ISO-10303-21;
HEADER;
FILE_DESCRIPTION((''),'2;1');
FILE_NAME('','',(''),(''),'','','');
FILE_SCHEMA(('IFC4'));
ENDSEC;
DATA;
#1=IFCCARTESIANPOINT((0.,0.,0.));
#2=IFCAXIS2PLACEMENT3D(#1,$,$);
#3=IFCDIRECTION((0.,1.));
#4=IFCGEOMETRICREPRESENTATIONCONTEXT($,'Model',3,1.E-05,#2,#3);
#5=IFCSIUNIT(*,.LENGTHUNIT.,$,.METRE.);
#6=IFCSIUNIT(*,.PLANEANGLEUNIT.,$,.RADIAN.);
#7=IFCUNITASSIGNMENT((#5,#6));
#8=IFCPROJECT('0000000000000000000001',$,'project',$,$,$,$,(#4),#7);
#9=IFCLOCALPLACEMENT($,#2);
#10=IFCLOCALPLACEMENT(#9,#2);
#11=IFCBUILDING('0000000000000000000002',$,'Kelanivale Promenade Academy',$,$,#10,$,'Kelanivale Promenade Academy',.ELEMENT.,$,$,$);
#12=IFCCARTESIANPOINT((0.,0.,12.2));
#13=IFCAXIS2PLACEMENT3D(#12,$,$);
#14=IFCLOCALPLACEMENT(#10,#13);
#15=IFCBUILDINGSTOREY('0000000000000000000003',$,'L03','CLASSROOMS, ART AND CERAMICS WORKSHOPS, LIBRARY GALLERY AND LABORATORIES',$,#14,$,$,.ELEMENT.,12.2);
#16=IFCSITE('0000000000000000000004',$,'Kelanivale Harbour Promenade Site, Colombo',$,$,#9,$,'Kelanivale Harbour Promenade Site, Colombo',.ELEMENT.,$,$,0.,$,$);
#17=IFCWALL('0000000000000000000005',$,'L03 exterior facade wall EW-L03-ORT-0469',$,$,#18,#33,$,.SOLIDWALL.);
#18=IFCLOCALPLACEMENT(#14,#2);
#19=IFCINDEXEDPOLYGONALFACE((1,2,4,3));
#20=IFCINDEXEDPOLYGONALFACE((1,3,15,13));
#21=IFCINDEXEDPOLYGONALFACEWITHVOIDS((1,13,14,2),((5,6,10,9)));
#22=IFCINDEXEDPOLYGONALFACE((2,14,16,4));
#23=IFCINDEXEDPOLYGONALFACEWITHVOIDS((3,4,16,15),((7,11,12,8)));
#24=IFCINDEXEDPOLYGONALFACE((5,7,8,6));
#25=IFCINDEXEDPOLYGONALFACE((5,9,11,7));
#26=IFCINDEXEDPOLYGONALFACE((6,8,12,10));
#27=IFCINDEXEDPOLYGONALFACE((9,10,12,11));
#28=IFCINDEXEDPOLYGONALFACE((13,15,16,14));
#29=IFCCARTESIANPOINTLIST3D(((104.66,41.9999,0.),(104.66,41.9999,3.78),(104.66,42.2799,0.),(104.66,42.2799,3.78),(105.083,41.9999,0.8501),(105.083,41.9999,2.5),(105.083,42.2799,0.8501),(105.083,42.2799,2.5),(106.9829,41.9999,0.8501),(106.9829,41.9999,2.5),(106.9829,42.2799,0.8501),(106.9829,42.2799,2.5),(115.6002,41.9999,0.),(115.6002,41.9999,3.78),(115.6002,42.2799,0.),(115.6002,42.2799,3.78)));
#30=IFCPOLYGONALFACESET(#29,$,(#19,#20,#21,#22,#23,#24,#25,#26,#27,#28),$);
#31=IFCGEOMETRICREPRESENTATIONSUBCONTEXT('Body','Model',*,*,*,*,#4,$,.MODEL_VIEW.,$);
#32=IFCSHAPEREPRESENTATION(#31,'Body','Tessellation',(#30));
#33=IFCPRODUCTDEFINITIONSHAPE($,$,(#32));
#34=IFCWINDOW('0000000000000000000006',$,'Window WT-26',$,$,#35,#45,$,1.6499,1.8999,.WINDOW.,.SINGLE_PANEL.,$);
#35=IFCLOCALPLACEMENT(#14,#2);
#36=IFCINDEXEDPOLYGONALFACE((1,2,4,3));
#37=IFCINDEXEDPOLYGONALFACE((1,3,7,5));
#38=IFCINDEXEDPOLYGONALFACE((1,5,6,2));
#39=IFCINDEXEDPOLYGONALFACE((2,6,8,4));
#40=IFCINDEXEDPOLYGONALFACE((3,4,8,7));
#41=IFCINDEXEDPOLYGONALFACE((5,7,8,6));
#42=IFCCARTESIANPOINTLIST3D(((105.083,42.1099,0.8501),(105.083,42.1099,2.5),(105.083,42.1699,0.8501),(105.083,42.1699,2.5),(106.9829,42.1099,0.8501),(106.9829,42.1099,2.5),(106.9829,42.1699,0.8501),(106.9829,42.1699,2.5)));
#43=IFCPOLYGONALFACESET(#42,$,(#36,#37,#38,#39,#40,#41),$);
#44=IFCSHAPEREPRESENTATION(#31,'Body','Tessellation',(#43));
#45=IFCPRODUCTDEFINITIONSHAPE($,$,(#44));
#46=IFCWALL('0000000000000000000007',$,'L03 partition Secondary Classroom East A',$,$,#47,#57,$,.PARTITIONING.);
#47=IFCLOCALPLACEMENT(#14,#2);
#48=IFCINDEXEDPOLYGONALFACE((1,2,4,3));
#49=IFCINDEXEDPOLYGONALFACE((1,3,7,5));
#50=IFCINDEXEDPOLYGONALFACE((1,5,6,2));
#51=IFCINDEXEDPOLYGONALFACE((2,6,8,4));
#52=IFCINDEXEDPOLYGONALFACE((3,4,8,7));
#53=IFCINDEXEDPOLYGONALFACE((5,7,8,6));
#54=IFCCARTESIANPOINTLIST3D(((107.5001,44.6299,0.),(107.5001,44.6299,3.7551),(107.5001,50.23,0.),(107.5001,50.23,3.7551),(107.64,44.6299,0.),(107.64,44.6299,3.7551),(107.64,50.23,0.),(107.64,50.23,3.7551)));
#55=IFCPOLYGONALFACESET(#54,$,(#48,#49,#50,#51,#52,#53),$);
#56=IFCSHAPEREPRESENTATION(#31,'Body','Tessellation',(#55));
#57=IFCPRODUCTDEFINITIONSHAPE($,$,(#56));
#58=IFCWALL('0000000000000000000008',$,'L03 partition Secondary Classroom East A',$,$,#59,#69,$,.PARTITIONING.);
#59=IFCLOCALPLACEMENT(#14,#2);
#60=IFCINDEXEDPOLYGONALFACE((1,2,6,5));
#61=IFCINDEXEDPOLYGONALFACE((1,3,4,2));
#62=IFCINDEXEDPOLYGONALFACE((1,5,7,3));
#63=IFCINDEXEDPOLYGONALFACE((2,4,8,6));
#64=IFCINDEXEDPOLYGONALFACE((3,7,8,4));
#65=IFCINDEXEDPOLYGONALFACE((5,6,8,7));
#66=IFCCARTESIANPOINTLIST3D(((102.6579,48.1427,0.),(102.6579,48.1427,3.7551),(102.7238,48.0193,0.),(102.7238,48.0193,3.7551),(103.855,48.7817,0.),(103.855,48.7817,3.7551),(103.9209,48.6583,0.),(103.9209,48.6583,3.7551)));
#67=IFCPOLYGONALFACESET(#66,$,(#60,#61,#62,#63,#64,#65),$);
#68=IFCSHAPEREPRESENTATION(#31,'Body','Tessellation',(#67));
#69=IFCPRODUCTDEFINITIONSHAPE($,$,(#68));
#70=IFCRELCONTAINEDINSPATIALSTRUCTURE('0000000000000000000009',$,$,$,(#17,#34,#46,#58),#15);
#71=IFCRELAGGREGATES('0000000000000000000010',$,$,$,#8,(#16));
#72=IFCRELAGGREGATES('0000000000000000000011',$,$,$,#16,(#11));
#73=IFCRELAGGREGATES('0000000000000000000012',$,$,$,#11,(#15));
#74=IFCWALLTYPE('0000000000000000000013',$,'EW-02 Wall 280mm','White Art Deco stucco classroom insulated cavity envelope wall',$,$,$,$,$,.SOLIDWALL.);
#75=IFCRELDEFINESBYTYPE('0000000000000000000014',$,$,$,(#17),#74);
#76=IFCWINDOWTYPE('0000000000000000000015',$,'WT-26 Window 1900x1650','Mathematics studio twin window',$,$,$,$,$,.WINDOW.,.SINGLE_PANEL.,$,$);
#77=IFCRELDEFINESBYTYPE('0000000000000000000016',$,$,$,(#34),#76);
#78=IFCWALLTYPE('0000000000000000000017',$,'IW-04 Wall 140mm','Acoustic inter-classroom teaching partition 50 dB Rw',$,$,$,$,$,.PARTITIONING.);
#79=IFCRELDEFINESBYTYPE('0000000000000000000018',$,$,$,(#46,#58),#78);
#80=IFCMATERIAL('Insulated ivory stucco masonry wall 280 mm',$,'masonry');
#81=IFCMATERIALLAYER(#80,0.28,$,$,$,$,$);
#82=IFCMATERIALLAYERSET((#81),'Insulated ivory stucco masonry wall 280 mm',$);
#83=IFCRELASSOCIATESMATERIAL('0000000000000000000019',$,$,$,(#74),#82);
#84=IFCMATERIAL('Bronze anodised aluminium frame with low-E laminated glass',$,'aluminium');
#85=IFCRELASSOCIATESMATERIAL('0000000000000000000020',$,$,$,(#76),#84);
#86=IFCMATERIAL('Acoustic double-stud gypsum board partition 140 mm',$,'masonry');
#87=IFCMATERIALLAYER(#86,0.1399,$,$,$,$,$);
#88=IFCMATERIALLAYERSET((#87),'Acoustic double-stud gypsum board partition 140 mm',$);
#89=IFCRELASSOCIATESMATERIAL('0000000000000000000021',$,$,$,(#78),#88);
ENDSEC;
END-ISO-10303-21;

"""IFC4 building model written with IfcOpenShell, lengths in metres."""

from ifc_helpers import new_model, si_unit, direction, frame, frame_2d, origin, place, context, subcontext, project, spatial, rectangle, extrude, material, layer, layer_set, type_object, element, fill, save


model = new_model("IFC4")

# Units and contexts
model_context = context("Model", 3, precision=1e-05, world=origin(), true_north=direction((0.0, 1.0)))
body_context = subcontext(model_context, "Body", "Model", "MODEL_VIEW")
ifc_project = project(units=[si_unit("LENGTHUNIT", "METRE"), si_unit("PLANEANGLEUNIT", "RADIAN")], contexts=[model_context])

# Site, building, storey
site_placement = place(None, origin())
site = spatial("IfcSite", under=ifc_project, at=site_placement, Name="Kelanivale Harbour Promenade Site, Colombo", LongName="Kelanivale Harbour Promenade Site, Colombo", CompositionType="ELEMENT", RefElevation=0.0)
building_placement = place(site_placement, origin())
building = spatial("IfcBuilding", under=site, at=building_placement, Name="Kelanivale Promenade Academy", LongName="Kelanivale Promenade Academy", CompositionType="ELEMENT")
storey_placement = place(building_placement, frame((0.0, 0.0, 12.2)))
storey = spatial("IfcBuildingStorey", under=building, at=storey_placement, Name="L03", Description="CLASSROOMS, ART AND CERAMICS WORKSHOPS, LIBRARY GALLERY AND LABORATORIES", CompositionType="ELEMENT", Elevation=12.2)

# Wall, opening, window
ifc_material_1 = material(Name="Insulated ivory stucco masonry wall 280 mm", Category="masonry")
ifc_layer_1 = layer(ifc_material_1, 0.28)
ifc_layer_set_1 = layer_set([ifc_layer_1], Name="Insulated ivory stucco masonry wall 280 mm")
wall_type_1 = type_object("IfcWallType", Name="EW-02 Wall 280mm", Description="White Art Deco stucco classroom insulated cavity envelope wall", PredefinedType="SOLIDWALL", material=ifc_layer_set_1)
wall_1_placement = place(storey_placement, frame((104.6599, 42.1399, 0.0), z_axis=(0.0, 0.0, 1.0), x_axis=(1.0, 0.0, 0.0)))
wall_1 = element("IfcWall", 1, at=wall_1_placement, inside=storey, type_object=wall_type_1, Name="L03 exterior facade wall EW-L03-ORT-0469", PredefinedType="SOLIDWALL", context=body_context, shape_type="SweptSolid", body=[
    extrude(rectangle(XDim=10.9402, YDim=0.28, at=frame_2d((5.4702, 0.0))), origin(), (0.0, 0.0, 1.0), 3.78),
])
opening_placement = place(wall_1_placement, frame((0.4231, 0.0, 0.8501)))
opening = element("IfcOpeningElement", 2, at=opening_placement, cuts=wall_1, PredefinedType="OPENING", context=body_context, shape_type="SweptSolid", body=[
    extrude(rectangle(XDim=1.8999, YDim=1.6499, at=frame_2d((0.95, 0.825))), frame((0.0, 0.1499, 0.0), z_axis=(0.0, -1.0, 0.0), x_axis=(1.0, 0.0, 0.0)), (0.0, 0.0, 1.0), 0.3),
])
ifc_material_2 = material(Name="Bronze anodised aluminium frame with low-E laminated glass", Category="aluminium")
window_type = type_object("IfcWindowType", Name="WT-26 Window 1900x1650", Description="Mathematics studio twin window", PartitioningType="SINGLE_PANEL", PredefinedType="WINDOW", material=ifc_material_2)
window_placement = place(opening_placement, origin())
window = element("IfcWindow", 3, at=window_placement, inside=storey, type_object=window_type, Name="Window WT-26", OverallHeight=1.6499, OverallWidth=1.8999, PartitioningType="SINGLE_PANEL", PredefinedType="WINDOW", context=body_context, shape_type="SweptSolid", body=[
    extrude(rectangle(XDim=1.8999, YDim=1.6499, at=frame_2d((0.95, 0.825))), frame((0.0, 0.03, 0.0), z_axis=(0.0, -1.0, 0.0), x_axis=(1.0, 0.0, 0.0)), (0.0, 0.0, 1.0), 0.0601),
])
fill(opening, window)

# Walls
ifc_material_3 = material(Name="Acoustic double-stud gypsum board partition 140 mm", Category="masonry")
ifc_layer_2 = layer(ifc_material_3, 0.1399)
ifc_layer_set_2 = layer_set([ifc_layer_2], Name="Acoustic double-stud gypsum board partition 140 mm")
wall_type_2 = type_object("IfcWallType", Name="IW-04 Wall 140mm", Description="Acoustic inter-classroom teaching partition 50 dB Rw", PredefinedType="PARTITIONING", material=ifc_layer_set_2)
wall_2_placement = place(storey_placement, frame((107.5701, 44.6299, 0.0), z_axis=(0.0, 0.0, 1.0), x_axis=(0.0, 1.0, 0.0)))
element("IfcWall", 4, at=wall_2_placement, inside=storey, type_object=wall_type_2, Name="L03 partition Secondary Classroom East A", PredefinedType="PARTITIONING", context=body_context, shape_type="SweptSolid", body=[
    extrude(rectangle(XDim=5.6001, YDim=0.1399, at=frame_2d((2.8, 0.0))), origin(), (0.0, 0.0, 1.0), 3.7551),
])
wall_3_placement = place(storey_placement, frame((103.8879, 48.72, 0.0), z_axis=(0.0, 0.0, 1.0), x_axis=(-0.882198, -0.470878, 0.0)))
element("IfcWall", 5, at=wall_3_placement, inside=storey, type_object=wall_type_2, Name="L03 partition Secondary Classroom East A", PredefinedType="PARTITIONING", context=body_context, shape_type="SweptSolid", body=[
    extrude(rectangle(XDim=1.3569, YDim=0.1399, at=frame_2d((0.6785, 0.0))), origin(), (0.0, 0.0, 1.0), 3.7551),
])

save(model, "model.ifc")
